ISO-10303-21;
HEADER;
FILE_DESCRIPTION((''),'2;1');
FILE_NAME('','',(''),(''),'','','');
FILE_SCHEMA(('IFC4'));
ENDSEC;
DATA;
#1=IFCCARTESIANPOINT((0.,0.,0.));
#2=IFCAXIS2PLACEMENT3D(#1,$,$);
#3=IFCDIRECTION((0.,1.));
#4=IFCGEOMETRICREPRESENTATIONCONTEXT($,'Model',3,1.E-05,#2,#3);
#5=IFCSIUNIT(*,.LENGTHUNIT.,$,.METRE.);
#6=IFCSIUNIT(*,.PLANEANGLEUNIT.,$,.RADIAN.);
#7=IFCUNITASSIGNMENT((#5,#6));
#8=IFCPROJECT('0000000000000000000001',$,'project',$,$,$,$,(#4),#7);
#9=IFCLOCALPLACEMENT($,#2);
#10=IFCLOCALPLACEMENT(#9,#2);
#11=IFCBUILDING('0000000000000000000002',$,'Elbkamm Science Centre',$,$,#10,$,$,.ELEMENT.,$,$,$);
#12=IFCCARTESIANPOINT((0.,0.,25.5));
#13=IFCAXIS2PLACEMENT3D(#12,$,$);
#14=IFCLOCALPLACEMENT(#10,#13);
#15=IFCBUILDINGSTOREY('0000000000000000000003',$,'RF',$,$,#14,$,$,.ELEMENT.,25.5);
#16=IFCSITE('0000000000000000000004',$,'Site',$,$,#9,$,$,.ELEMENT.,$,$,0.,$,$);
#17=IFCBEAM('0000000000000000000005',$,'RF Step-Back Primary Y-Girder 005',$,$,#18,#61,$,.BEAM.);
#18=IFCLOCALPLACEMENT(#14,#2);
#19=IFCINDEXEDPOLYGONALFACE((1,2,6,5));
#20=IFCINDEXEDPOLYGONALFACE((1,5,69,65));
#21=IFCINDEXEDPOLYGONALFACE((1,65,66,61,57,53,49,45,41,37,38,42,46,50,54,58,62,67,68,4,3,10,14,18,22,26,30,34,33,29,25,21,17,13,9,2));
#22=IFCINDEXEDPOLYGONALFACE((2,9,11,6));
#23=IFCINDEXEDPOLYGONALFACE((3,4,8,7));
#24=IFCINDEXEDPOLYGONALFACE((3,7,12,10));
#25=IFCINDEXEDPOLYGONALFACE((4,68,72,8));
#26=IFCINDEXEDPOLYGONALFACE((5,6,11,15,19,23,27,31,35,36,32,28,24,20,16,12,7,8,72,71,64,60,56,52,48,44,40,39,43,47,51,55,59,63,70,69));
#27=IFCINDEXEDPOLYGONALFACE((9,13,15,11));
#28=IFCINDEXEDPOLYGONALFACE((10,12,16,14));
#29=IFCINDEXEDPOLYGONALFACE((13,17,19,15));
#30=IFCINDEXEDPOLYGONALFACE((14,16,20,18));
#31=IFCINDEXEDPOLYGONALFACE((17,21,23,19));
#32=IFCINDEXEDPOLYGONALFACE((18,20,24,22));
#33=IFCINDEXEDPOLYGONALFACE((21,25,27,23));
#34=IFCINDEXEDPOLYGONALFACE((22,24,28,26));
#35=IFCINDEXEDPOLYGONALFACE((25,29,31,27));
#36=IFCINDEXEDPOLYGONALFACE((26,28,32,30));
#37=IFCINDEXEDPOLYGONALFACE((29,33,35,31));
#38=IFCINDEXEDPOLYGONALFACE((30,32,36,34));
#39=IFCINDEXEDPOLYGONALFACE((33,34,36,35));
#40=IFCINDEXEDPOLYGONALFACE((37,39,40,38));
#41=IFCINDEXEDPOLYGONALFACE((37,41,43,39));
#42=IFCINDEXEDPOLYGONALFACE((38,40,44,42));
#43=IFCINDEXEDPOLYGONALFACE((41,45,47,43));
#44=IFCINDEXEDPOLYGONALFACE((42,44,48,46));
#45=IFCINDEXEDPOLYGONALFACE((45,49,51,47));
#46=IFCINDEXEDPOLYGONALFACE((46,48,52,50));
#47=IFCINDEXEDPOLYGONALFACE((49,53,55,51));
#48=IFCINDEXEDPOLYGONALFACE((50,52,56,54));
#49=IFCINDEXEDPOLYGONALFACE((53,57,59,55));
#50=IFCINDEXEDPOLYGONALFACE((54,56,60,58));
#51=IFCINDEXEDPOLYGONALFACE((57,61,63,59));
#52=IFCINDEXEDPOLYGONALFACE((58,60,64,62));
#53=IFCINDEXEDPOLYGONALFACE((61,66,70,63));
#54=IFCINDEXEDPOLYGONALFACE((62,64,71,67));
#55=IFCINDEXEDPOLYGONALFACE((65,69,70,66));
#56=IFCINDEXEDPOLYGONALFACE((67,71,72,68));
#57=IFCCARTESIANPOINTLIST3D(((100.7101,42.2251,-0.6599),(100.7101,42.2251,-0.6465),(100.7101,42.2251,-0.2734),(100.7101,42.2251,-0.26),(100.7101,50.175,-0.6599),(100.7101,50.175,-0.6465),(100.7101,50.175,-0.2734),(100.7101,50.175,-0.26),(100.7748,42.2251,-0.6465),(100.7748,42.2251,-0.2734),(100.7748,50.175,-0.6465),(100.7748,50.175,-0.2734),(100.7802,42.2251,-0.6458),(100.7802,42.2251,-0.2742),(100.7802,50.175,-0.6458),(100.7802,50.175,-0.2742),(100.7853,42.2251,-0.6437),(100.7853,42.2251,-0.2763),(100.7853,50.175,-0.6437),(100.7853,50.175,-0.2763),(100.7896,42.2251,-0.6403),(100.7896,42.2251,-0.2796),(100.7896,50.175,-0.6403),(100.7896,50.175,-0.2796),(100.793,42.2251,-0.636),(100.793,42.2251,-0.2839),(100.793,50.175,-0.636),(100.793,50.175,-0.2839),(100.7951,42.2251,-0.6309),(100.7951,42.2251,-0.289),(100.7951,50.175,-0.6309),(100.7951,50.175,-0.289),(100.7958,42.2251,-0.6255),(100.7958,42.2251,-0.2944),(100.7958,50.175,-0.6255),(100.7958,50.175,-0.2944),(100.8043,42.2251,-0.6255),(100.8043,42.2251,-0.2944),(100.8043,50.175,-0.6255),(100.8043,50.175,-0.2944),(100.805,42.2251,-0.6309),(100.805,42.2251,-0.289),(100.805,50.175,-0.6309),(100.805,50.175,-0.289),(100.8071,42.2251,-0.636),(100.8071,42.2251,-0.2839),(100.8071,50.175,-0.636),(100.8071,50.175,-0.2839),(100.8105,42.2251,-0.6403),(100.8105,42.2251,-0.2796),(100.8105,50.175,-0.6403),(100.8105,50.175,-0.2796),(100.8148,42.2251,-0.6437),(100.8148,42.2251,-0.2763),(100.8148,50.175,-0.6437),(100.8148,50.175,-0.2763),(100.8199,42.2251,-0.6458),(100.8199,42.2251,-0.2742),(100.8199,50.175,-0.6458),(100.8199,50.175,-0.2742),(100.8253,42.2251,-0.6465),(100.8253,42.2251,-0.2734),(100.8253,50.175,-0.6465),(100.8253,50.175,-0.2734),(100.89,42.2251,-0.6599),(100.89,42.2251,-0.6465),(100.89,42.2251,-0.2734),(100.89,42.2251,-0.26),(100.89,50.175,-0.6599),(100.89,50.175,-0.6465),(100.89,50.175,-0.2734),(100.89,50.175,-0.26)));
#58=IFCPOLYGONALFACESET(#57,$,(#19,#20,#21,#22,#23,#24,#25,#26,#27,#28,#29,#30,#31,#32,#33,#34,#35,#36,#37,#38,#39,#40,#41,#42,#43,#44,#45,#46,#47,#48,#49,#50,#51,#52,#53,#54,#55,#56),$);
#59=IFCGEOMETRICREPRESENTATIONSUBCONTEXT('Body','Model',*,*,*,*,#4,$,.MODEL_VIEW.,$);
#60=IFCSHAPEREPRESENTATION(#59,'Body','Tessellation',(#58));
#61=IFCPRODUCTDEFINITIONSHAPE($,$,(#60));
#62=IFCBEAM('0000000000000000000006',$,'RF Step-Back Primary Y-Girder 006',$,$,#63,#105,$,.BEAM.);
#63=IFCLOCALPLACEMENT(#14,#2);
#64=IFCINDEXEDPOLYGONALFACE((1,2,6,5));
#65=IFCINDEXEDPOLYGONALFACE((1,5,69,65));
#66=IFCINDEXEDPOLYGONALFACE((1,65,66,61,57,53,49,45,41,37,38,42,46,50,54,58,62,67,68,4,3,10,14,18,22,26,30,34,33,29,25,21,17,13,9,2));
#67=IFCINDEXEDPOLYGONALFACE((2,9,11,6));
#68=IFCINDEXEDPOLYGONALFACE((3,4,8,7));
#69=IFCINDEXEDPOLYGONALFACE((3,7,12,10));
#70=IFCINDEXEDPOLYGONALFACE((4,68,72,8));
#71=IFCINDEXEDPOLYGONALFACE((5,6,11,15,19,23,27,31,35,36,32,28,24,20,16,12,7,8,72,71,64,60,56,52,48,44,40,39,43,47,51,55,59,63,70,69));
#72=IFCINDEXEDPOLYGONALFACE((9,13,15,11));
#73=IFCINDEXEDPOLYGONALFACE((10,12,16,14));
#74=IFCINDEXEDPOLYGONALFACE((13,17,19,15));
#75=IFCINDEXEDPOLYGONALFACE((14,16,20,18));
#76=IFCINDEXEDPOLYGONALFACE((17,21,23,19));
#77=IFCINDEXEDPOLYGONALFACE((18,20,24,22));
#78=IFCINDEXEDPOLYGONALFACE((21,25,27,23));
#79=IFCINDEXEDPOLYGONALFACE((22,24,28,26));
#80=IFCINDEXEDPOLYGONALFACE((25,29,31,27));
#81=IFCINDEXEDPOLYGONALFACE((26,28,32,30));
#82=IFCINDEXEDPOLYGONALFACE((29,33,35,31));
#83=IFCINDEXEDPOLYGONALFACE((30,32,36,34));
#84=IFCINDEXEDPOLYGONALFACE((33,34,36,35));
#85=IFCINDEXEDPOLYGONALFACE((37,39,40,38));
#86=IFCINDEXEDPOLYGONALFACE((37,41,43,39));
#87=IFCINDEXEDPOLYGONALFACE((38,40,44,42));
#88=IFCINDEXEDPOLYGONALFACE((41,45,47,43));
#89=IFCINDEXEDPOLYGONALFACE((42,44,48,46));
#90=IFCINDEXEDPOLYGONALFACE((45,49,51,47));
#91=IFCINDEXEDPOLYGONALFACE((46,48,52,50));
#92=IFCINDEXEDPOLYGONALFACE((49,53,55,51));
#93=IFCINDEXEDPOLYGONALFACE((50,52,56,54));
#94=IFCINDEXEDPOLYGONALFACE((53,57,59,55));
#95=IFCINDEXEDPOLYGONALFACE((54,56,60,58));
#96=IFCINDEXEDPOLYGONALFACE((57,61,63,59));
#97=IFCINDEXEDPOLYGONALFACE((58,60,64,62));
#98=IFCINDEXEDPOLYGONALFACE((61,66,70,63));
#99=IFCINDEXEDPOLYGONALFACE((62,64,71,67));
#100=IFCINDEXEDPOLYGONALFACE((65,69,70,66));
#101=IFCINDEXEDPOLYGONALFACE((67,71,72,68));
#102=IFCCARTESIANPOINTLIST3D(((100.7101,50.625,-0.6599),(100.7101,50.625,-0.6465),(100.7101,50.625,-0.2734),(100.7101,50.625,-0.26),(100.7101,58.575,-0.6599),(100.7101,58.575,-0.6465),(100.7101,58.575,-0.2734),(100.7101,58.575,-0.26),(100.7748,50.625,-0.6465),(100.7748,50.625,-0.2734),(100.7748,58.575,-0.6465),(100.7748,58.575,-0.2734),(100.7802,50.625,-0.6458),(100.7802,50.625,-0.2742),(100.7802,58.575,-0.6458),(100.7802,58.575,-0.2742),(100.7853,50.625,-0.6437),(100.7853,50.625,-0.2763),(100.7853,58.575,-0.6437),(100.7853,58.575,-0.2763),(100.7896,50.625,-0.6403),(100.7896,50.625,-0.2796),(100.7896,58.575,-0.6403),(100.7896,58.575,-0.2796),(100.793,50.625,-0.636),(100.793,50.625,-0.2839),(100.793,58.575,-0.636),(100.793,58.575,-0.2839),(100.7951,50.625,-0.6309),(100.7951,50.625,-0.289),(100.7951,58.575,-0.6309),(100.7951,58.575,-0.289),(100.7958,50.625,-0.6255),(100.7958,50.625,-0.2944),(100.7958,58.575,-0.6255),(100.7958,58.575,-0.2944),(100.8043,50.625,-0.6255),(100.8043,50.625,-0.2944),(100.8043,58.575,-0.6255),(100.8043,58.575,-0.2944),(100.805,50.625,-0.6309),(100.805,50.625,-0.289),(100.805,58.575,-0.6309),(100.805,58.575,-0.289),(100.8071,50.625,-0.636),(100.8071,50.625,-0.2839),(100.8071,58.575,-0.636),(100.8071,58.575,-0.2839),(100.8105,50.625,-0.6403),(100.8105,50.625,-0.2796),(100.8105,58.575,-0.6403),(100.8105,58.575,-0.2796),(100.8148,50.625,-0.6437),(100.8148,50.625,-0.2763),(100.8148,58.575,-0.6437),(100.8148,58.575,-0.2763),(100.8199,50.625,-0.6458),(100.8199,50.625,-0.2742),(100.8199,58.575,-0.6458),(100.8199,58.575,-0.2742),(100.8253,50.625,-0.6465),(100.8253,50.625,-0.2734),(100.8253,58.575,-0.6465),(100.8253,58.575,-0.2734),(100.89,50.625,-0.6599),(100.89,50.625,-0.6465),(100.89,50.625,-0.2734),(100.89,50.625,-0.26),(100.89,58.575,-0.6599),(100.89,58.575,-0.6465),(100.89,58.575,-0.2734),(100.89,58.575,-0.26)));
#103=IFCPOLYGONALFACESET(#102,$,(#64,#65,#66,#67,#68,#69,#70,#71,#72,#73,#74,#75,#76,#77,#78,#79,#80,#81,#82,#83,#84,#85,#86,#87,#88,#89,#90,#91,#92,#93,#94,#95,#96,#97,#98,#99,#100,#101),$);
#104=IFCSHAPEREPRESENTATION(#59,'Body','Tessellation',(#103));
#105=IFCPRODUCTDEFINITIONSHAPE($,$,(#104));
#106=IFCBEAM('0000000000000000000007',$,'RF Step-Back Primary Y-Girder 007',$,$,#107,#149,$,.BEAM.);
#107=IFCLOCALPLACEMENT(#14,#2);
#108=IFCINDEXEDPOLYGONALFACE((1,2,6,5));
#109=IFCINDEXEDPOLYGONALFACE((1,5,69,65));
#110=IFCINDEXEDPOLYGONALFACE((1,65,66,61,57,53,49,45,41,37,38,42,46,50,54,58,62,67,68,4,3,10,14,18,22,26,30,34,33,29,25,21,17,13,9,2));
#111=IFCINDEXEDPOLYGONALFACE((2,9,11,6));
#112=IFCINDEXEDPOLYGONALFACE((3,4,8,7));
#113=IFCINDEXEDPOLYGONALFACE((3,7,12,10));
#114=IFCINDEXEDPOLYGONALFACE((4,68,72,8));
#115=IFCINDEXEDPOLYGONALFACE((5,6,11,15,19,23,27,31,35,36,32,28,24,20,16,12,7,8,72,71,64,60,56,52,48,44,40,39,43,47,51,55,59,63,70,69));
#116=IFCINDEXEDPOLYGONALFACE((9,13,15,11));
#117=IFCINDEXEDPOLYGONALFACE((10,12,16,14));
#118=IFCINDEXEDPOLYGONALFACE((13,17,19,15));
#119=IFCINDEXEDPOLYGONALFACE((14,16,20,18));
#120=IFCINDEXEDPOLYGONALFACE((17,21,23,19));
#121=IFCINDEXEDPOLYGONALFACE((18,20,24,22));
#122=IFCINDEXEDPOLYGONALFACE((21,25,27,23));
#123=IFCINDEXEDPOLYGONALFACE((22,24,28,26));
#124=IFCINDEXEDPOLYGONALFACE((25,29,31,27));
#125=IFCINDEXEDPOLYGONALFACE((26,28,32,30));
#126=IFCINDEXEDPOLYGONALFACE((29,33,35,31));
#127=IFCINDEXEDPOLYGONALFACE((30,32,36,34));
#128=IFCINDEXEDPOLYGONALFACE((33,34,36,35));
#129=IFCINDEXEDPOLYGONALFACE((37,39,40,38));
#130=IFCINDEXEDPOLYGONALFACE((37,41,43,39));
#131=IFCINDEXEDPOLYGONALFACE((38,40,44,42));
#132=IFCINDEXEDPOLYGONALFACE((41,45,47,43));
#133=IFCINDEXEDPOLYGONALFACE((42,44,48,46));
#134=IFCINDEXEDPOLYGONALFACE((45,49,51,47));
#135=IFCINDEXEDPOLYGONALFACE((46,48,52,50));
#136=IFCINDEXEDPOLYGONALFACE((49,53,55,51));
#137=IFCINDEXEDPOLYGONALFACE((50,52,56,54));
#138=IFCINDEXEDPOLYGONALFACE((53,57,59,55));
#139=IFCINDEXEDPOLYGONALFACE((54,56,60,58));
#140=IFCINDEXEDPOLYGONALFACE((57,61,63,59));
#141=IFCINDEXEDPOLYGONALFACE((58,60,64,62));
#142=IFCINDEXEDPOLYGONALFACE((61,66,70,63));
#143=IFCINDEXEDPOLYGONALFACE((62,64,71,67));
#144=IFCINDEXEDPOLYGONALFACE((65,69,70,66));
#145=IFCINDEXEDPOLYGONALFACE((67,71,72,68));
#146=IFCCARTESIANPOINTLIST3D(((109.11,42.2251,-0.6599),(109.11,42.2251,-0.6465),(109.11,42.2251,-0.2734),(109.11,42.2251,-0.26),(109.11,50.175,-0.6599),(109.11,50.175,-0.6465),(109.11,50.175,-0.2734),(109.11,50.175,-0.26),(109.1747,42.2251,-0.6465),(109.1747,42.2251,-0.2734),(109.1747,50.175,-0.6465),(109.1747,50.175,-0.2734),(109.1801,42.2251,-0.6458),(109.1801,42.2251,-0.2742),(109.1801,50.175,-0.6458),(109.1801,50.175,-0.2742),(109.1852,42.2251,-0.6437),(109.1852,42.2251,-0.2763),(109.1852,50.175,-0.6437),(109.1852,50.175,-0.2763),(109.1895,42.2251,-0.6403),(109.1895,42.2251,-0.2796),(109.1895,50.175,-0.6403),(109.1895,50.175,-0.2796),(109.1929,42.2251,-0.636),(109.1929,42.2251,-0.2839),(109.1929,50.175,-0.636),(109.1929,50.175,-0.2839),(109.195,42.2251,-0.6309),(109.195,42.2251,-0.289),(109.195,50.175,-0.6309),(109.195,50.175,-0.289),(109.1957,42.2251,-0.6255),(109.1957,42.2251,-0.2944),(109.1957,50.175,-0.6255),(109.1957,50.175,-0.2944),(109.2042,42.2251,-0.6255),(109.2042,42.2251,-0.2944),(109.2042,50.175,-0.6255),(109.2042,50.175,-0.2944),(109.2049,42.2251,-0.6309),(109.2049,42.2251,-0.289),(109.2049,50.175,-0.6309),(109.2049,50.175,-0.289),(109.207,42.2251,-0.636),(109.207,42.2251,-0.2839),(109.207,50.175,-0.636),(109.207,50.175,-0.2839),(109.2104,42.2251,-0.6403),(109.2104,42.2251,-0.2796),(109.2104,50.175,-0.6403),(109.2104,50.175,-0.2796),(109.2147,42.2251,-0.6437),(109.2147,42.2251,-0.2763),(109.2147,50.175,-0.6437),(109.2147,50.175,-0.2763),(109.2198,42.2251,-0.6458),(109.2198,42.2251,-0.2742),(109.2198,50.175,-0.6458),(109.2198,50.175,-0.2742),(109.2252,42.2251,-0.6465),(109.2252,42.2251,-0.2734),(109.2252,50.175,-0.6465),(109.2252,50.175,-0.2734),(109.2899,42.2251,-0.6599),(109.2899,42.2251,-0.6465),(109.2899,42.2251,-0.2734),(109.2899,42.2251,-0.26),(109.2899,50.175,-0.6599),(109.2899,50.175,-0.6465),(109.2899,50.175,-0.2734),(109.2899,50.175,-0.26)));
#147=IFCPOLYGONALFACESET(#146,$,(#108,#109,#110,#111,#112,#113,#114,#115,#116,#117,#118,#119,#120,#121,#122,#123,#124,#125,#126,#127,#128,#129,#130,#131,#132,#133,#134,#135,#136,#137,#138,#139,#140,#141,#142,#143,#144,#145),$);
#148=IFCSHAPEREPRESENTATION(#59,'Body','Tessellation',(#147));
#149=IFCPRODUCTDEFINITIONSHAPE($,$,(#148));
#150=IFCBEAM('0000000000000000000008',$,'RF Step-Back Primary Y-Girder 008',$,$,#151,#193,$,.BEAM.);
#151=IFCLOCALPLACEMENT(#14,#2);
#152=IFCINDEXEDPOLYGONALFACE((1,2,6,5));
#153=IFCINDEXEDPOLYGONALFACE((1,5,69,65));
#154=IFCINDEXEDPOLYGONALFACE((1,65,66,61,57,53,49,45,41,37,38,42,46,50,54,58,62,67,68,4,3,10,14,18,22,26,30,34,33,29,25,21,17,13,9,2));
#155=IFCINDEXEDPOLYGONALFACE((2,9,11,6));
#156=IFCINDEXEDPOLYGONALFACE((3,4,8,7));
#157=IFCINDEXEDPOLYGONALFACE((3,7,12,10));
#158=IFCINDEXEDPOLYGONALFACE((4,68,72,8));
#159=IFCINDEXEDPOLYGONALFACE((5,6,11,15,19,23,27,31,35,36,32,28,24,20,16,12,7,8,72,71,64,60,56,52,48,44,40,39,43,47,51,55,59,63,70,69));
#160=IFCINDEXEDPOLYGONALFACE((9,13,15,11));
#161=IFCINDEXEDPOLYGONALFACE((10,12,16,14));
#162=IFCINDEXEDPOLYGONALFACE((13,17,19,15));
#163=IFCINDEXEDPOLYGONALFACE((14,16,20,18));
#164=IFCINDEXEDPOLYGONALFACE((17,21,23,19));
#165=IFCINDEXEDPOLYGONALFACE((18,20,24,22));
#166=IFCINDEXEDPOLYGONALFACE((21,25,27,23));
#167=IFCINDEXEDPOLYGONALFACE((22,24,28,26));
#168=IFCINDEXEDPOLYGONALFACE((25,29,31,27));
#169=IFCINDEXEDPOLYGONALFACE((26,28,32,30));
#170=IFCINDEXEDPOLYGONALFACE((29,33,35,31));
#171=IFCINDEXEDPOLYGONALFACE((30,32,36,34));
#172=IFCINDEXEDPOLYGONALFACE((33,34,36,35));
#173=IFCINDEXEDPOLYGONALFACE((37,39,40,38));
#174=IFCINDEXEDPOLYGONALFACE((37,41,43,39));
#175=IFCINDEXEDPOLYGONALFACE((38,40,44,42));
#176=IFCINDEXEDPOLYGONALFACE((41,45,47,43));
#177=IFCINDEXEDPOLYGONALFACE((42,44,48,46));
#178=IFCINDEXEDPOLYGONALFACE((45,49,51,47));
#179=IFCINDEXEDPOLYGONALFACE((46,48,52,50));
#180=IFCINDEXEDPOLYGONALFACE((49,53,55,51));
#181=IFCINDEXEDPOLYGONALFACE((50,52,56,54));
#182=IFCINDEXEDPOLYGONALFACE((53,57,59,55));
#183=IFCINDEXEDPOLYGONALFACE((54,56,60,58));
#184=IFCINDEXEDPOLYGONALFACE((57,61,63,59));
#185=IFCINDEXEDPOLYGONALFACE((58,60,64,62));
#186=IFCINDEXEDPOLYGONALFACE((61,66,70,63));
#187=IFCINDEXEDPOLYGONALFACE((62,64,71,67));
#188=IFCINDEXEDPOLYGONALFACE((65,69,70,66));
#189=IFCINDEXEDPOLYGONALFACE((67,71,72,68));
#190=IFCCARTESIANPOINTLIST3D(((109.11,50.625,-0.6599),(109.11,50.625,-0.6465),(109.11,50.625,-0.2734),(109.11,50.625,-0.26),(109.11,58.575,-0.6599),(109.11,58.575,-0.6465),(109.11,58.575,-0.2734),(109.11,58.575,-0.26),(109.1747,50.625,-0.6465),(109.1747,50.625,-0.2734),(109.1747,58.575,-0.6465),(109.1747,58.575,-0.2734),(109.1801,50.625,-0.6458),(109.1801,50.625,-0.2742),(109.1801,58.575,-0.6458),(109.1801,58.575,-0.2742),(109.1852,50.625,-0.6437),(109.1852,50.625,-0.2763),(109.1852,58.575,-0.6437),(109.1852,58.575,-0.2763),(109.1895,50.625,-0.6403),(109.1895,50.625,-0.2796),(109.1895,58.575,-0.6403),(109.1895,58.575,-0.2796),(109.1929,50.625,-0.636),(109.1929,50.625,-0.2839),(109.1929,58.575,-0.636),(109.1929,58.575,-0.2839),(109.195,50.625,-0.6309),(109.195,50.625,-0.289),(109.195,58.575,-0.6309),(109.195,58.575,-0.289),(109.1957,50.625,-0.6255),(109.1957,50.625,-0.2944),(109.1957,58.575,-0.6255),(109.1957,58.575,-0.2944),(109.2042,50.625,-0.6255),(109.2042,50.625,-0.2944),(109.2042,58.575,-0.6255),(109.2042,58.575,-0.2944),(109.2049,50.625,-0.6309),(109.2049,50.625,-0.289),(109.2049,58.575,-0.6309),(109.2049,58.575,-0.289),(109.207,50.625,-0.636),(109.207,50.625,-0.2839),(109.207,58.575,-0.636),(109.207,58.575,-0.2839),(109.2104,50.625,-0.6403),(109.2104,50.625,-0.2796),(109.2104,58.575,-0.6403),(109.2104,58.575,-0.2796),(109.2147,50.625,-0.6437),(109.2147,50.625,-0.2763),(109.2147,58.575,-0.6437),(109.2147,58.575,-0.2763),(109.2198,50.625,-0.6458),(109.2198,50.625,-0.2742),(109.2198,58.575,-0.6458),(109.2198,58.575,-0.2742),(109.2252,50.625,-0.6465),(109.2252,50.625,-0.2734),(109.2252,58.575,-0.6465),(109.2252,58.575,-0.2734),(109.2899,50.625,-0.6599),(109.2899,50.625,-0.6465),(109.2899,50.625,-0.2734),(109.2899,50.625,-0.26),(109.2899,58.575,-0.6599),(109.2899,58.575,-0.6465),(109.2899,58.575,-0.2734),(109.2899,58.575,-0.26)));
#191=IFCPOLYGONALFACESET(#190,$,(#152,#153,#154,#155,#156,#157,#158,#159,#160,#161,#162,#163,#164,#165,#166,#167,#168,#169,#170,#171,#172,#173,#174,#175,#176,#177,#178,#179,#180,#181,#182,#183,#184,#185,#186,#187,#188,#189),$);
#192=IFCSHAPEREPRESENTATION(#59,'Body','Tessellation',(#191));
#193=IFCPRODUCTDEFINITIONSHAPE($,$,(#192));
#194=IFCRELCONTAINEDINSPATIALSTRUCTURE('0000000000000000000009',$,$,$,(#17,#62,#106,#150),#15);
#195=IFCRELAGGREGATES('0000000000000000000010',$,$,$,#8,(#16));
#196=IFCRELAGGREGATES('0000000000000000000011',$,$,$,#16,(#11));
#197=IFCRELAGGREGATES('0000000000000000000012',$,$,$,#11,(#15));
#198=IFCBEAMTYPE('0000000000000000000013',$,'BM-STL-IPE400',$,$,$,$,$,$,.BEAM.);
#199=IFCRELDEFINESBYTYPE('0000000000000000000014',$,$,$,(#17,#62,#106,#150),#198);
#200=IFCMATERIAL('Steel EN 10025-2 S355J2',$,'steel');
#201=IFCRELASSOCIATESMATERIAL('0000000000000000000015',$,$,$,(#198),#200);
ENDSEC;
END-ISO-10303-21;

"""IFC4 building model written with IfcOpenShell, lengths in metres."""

from ifc_helpers import new_model, si_unit, direction, frame, origin, origin_2d, place, context, subcontext, project, spatial, i_section, extrude, material, material_profile, profile_set, type_object, element, save


model = new_model("IFC4")

# Units and contexts
model_context = context("Model", 3, precision=1e-05, world=origin(), true_north=direction((0.0, 1.0)))
body_context = subcontext(model_context, "Body", "Model", "MODEL_VIEW")
ifc_project = project(units=[si_unit("LENGTHUNIT", "METRE"), si_unit("PLANEANGLEUNIT", "RADIAN")], contexts=[model_context])

# Site, building, storey
site_placement = place(None, origin())
site = spatial("IfcSite", under=ifc_project, at=site_placement, Name="Site", CompositionType="ELEMENT", RefElevation=0.0)
building_placement = place(site_placement, origin())
building = spatial("IfcBuilding", under=site, at=building_placement, Name="Elbkamm Science Centre", CompositionType="ELEMENT")
storey_placement = place(building_placement, frame((0.0, 0.0, 25.5)))
storey = spatial("IfcBuildingStorey", under=building, at=storey_placement, Name="RF", CompositionType="ELEMENT", Elevation=25.5)

# Beams
ifc_material_1 = material(Name="Steel EN 10025-2 S355J2", Category="steel")
ifc_material_profile_1 = material_profile(ifc_material_1, i_section(OverallWidth=0.1799, OverallDepth=0.3999, WebThickness=0.0085, FlangeThickness=0.0134, FilletRadius=0.021, at=origin_2d()), Name="IPE 400")
ifc_profile_set_1 = profile_set([ifc_material_profile_1], Name="Steel EN 10025-2 S355J2")
beam_type_1 = type_object("IfcBeamType", Name="BM-STL-IPE400", PredefinedType="BEAM", material=ifc_profile_set_1)
for number, where, z_axis, x_axis, name in (
    (1, (100.8, 42.2251, -0.46), (0.0, 1.0, 0.0), (-1.0, 0.0, 0.0), "RF Step-Back Primary Y-Girder 005"),
    (2, (100.8, 50.625, -0.46), (0.0, 1.0, 0.0), (-1.0, 0.0, 0.0), "RF Step-Back Primary Y-Girder 006"),
    (3, (109.2, 42.2251, -0.46), (0.0, 1.0, 0.0), (-1.0, 0.0, 0.0), "RF Step-Back Primary Y-Girder 007"),
    (4, (109.2, 50.625, -0.46), (0.0, 1.0, 0.0), (-1.0, 0.0, 0.0), "RF Step-Back Primary Y-Girder 008"),
):
    element("IfcBeam", number, at=place(storey_placement, frame(where, z_axis=z_axis, x_axis=x_axis)), inside=storey, type_object=beam_type_1, Name=name, PredefinedType="BEAM", context=body_context, shape_type="SweptSolid", body=[
        extrude(i_section(OverallWidth=0.1799, OverallDepth=0.3999, WebThickness=0.0085, FlangeThickness=0.0134, FilletRadius=0.021, at=origin_2d()), origin(), (0.0, 0.0, 1.0), 7.95),
    ])

save(model, "model.ifc")
